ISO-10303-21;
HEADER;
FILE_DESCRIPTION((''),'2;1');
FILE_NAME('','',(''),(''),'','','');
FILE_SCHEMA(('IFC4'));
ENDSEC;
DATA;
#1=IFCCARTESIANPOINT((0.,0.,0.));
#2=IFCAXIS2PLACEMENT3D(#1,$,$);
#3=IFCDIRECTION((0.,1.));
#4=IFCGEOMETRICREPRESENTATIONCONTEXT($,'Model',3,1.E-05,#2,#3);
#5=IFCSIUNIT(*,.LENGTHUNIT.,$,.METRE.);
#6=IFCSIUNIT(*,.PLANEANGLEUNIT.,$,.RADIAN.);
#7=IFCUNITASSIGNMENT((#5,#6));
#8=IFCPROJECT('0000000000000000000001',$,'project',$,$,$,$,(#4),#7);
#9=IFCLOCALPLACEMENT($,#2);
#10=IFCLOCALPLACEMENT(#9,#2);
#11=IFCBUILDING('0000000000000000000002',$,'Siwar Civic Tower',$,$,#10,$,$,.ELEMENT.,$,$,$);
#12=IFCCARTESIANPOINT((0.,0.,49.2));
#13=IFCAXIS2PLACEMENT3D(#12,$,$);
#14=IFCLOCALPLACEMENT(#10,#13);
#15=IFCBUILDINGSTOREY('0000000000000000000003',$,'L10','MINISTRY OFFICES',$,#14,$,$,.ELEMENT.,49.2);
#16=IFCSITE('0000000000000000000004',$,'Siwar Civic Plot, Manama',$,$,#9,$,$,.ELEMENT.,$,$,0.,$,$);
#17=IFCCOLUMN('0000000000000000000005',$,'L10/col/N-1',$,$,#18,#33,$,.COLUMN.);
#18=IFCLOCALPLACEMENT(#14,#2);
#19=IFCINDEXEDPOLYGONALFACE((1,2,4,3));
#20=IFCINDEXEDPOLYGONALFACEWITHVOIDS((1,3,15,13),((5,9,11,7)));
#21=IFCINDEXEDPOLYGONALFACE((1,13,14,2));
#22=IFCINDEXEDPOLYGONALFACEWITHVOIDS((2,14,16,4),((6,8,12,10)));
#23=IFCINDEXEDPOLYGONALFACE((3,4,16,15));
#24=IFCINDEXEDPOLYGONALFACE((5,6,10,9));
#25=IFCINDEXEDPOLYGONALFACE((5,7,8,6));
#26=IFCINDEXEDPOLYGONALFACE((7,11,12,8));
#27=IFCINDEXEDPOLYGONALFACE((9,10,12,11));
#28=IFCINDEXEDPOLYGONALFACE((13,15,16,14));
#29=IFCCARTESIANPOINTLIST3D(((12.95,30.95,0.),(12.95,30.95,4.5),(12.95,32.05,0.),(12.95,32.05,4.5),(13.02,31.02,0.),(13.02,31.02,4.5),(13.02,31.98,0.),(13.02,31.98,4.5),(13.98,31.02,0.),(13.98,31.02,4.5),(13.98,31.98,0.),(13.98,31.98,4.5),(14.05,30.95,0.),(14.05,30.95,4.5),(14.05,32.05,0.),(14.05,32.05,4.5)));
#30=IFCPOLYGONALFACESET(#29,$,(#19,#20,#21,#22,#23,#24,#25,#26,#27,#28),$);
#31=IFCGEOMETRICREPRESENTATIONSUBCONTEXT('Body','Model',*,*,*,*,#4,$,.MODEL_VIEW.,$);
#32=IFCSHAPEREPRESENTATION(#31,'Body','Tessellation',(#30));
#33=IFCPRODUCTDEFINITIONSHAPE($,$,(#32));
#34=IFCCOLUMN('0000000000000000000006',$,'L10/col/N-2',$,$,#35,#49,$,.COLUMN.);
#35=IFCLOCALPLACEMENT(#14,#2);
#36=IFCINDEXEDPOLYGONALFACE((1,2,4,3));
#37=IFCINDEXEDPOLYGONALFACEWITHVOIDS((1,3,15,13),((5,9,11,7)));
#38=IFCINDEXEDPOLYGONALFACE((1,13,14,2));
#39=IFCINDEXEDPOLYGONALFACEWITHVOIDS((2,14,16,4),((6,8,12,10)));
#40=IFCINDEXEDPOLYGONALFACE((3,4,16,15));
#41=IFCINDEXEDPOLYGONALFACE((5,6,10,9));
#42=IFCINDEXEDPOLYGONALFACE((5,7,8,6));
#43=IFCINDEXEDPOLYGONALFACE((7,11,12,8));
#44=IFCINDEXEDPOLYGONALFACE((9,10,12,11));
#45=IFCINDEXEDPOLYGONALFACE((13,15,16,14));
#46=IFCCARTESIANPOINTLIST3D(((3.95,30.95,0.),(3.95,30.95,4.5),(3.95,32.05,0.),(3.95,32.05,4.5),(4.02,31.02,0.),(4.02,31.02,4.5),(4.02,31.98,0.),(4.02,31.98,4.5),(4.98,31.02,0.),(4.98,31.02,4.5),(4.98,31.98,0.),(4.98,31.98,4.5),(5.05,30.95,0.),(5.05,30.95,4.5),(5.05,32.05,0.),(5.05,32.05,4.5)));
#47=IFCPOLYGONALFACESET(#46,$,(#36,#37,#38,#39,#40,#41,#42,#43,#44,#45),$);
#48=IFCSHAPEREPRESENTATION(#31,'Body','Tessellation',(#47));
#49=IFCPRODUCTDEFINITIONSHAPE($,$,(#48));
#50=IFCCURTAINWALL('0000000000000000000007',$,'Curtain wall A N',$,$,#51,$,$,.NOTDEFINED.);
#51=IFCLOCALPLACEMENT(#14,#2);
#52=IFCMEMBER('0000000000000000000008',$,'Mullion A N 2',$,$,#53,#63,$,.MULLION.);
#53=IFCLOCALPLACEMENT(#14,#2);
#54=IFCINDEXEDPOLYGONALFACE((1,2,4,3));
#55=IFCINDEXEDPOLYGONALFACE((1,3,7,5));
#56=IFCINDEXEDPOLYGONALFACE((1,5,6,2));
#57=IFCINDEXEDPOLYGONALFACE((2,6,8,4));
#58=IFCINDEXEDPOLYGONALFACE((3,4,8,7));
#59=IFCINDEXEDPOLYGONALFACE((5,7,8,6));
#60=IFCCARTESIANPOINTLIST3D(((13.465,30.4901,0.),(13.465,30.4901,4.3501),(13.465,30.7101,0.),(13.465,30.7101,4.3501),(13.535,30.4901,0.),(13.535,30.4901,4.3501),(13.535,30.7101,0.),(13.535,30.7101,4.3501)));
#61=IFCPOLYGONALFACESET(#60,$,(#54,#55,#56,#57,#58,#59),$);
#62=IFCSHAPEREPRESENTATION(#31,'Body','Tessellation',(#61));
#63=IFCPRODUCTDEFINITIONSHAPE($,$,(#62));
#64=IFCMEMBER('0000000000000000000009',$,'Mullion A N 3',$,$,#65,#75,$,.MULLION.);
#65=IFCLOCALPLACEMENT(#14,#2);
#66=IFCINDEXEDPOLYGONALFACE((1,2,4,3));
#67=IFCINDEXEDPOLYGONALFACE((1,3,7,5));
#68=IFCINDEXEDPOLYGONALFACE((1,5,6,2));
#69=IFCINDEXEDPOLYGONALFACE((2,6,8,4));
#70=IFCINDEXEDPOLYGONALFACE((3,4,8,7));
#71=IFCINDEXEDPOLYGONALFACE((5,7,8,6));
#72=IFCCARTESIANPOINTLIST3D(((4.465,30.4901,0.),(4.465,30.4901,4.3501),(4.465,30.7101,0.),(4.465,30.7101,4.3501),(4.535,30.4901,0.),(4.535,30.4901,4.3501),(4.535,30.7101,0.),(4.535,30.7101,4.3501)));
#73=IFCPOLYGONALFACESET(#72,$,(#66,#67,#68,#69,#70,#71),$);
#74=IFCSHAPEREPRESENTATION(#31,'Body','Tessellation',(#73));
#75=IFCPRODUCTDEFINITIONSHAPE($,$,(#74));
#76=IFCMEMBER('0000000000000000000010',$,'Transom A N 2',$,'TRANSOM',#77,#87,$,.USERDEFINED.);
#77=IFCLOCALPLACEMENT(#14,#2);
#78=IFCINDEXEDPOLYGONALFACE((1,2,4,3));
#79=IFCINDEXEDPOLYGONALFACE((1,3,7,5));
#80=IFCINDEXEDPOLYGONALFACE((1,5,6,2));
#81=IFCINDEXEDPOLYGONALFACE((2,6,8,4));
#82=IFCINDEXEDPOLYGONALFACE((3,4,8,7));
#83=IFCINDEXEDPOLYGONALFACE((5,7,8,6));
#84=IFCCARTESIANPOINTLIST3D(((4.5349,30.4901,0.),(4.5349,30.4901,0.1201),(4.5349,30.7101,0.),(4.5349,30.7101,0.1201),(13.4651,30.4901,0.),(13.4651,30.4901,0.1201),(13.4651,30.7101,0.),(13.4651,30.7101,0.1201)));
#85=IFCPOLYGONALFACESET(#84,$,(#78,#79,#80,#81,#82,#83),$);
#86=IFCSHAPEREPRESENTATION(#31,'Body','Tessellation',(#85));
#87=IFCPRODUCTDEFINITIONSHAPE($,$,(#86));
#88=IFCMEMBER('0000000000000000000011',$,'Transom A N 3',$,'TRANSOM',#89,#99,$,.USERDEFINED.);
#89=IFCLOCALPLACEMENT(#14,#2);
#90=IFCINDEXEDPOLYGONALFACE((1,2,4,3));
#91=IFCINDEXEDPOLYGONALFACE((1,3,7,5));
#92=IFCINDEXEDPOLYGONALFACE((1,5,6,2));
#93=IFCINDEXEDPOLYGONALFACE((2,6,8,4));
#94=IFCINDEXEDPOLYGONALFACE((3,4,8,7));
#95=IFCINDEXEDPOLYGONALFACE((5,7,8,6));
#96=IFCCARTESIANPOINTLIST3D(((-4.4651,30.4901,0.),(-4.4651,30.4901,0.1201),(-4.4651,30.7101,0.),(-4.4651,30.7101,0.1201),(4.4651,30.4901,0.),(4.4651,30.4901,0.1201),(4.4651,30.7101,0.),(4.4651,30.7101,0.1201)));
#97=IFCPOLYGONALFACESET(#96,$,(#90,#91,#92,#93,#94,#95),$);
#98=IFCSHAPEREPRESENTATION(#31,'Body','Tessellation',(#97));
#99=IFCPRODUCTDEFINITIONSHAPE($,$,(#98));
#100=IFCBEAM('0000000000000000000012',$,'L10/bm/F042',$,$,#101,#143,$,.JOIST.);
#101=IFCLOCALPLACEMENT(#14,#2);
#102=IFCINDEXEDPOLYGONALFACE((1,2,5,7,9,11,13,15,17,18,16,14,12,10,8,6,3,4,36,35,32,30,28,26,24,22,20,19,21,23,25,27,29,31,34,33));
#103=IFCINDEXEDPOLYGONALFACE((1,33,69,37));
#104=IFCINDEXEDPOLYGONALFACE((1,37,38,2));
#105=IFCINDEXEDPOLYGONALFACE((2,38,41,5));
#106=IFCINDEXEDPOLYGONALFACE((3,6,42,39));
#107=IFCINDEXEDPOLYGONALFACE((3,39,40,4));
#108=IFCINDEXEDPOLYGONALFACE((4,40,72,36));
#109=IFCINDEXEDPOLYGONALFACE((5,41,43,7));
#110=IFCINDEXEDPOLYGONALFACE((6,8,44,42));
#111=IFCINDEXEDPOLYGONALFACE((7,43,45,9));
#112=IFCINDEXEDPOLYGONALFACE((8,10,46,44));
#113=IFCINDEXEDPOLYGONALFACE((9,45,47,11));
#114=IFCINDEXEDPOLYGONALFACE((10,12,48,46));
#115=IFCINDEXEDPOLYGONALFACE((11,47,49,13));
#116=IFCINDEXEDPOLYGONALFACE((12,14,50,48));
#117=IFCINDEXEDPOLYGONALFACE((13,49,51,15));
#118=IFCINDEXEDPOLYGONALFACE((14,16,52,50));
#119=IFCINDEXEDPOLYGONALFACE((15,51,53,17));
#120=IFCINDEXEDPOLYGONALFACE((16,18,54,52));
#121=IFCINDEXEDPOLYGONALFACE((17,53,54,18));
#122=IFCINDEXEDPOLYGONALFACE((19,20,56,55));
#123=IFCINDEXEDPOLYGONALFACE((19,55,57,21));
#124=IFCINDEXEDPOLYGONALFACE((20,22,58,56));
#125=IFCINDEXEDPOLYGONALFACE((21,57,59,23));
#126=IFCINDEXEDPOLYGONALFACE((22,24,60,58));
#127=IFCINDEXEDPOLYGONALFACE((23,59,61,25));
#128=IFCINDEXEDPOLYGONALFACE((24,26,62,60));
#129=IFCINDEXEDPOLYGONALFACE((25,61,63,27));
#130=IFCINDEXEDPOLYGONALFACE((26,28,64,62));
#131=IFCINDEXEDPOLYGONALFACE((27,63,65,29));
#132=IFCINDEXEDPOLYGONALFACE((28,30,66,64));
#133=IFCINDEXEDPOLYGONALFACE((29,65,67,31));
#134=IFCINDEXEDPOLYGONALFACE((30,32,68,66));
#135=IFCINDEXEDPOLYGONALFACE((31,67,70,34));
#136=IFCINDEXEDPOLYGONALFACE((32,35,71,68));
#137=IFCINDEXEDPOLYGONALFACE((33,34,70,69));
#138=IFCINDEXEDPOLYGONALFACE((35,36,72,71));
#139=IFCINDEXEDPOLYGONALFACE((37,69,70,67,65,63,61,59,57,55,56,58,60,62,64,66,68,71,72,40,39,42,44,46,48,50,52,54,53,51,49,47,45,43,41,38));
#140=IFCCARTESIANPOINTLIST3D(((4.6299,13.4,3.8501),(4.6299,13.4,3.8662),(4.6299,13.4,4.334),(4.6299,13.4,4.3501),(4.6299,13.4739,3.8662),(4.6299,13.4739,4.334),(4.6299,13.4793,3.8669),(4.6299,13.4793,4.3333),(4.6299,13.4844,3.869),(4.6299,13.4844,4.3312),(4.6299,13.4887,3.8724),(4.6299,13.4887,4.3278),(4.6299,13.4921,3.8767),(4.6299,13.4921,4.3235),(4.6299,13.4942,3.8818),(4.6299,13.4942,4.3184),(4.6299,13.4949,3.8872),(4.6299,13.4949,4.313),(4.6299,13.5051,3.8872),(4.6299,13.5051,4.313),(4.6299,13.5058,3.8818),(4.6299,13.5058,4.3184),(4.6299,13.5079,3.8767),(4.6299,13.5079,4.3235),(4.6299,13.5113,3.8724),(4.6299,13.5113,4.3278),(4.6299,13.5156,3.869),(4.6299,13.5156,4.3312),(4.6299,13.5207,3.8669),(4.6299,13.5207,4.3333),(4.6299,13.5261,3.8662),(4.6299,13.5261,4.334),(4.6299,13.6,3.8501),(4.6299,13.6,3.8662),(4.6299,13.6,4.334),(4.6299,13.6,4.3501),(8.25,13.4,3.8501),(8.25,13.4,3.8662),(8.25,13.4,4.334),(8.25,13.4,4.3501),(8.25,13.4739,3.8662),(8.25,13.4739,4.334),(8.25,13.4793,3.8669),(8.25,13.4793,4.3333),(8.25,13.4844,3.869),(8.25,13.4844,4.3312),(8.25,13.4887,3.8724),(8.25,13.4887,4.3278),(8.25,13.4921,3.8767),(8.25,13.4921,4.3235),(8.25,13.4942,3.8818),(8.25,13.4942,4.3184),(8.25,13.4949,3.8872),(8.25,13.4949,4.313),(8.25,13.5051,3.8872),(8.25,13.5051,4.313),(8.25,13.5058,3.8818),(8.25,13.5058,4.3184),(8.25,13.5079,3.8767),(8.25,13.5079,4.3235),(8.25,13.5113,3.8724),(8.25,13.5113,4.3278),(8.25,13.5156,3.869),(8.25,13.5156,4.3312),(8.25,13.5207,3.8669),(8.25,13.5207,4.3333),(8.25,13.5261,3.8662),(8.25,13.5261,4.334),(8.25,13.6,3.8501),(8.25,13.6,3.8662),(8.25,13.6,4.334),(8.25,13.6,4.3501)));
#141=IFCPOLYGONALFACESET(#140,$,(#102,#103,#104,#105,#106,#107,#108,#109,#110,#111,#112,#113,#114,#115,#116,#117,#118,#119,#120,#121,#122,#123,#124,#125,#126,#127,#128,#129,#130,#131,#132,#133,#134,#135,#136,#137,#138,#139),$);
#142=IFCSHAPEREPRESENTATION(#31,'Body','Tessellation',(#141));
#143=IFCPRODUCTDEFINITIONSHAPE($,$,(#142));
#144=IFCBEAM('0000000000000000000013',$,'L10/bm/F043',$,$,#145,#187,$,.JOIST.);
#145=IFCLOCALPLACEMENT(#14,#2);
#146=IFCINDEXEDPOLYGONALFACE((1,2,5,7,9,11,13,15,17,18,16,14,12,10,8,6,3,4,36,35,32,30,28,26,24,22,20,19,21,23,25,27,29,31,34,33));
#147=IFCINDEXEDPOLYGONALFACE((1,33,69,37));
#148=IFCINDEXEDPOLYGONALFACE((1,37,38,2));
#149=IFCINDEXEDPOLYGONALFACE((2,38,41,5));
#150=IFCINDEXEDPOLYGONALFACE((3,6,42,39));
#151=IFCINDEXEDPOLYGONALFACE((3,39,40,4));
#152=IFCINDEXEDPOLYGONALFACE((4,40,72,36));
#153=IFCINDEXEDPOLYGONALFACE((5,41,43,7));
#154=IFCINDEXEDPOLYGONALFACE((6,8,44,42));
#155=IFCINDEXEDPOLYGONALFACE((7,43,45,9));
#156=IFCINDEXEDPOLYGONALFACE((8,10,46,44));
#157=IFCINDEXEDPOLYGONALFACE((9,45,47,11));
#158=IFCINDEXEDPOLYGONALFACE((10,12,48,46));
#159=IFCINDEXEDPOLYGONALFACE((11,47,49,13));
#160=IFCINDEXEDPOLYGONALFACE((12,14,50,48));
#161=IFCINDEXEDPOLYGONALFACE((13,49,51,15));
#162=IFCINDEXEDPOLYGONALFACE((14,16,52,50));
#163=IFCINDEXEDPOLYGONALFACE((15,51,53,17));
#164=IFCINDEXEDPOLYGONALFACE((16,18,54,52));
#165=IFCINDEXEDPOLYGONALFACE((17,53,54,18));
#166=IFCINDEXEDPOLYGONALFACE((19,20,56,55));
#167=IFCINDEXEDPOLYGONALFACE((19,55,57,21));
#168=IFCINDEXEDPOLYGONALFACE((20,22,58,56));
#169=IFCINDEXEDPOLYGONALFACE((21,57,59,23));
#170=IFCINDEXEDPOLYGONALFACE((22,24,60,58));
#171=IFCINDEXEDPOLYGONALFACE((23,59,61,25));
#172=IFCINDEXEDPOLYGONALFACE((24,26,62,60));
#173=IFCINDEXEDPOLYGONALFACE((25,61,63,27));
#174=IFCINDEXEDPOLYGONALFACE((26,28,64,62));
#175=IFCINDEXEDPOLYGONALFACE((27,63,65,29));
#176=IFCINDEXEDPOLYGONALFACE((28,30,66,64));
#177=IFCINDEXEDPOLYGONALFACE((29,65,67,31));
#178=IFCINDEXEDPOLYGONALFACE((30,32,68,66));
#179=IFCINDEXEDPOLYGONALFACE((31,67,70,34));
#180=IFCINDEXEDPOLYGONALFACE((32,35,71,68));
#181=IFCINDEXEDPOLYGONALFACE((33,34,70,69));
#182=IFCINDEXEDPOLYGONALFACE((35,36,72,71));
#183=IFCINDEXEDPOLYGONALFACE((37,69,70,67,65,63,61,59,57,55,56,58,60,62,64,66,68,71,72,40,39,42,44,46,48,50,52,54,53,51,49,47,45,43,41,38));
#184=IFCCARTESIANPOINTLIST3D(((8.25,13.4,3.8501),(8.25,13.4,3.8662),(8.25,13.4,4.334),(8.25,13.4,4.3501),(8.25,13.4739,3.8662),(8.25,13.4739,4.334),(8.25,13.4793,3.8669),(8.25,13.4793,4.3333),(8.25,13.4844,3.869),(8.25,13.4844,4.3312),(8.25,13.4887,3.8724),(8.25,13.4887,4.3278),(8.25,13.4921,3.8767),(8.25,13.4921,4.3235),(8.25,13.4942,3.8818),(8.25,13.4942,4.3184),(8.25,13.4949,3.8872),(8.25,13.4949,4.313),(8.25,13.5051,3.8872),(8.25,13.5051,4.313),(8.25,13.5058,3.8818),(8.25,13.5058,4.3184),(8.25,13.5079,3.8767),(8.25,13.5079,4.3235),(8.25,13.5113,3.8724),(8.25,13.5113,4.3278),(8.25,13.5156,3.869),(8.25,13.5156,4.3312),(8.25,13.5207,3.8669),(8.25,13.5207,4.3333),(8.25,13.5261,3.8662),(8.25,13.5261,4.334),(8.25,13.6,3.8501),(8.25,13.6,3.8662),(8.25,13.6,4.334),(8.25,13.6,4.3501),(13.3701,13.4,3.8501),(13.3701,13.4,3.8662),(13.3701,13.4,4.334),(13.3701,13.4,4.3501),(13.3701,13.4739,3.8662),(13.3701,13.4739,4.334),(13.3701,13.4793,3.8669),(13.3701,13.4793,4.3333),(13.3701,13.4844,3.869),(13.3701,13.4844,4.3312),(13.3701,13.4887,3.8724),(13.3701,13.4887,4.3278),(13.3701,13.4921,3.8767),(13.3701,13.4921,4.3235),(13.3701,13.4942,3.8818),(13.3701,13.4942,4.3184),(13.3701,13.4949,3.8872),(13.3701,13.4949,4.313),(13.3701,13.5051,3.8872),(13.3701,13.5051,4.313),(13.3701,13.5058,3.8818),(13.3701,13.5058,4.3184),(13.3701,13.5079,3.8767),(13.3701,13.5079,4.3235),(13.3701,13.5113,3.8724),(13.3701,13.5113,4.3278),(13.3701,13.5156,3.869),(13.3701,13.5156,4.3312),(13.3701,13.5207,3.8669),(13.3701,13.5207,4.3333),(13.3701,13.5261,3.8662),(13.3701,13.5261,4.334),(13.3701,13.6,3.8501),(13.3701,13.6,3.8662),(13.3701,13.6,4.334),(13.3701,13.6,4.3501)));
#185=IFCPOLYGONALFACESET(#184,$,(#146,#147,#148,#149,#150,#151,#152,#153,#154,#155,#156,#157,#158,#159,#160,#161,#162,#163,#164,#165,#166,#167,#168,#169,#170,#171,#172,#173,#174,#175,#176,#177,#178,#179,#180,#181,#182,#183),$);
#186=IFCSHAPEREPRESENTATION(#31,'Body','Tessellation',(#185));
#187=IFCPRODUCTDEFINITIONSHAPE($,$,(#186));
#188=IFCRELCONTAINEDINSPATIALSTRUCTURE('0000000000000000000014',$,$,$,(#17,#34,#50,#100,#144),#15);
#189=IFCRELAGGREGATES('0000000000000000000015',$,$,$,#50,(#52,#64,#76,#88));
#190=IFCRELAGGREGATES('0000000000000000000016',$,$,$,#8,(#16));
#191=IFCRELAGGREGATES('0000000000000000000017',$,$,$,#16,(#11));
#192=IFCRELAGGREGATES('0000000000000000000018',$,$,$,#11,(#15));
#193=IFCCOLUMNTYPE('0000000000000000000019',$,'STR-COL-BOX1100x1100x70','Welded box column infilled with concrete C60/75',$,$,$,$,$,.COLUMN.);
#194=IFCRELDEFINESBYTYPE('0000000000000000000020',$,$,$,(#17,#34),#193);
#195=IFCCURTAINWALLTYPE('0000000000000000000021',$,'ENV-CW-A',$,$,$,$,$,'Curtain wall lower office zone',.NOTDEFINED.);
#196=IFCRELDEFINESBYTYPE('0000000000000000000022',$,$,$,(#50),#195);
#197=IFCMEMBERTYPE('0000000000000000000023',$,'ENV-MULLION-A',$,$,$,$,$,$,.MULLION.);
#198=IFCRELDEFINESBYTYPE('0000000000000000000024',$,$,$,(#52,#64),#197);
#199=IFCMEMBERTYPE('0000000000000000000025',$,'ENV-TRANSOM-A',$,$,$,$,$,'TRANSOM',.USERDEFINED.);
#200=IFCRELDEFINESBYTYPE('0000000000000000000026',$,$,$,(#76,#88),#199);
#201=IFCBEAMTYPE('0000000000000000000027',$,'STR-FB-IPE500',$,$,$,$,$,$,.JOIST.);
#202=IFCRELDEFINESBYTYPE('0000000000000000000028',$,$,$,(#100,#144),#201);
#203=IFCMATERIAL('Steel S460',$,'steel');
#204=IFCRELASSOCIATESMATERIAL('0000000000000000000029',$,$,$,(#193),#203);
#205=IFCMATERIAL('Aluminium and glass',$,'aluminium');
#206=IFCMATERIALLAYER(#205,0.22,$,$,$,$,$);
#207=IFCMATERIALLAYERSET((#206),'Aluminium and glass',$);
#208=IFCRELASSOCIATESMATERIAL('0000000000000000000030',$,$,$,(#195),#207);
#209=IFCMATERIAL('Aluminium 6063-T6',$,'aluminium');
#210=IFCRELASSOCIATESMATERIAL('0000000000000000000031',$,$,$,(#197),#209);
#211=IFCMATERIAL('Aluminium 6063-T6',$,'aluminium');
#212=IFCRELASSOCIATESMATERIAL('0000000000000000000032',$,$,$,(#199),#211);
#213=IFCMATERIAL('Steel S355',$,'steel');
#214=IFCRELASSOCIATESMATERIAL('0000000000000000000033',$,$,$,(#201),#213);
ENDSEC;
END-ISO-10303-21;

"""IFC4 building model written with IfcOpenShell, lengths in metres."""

from ifc_helpers import new_model, si_unit, direction, frame, origin, origin_2d, place, context, subcontext, project, spatial, rectangle, hollow_rectangle, i_section, extrude, material, layer, layer_set, material_profile, profile_set, type_object, element, aggregate, save


model = new_model("IFC4")

# Units and contexts
model_context = context("Model", 3, precision=1e-05, world=origin(), true_north=direction((0.0, 1.0)))
body_context = subcontext(model_context, "Body", "Model", "MODEL_VIEW")
ifc_project = project(units=[si_unit("LENGTHUNIT", "METRE"), si_unit("PLANEANGLEUNIT", "RADIAN")], contexts=[model_context])

# Site, building, storey
site_placement = place(None, origin())
site = spatial("IfcSite", under=ifc_project, at=site_placement, Name="Siwar Civic Plot, Manama", CompositionType="ELEMENT", RefElevation=0.0)
building_placement = place(site_placement, origin())
building = spatial("IfcBuilding", under=site, at=building_placement, Name="Siwar Civic Tower", CompositionType="ELEMENT")
storey_placement = place(building_placement, frame((0.0, 0.0, 49.2)))
storey = spatial("IfcBuildingStorey", under=building, at=storey_placement, Name="L10", Description="MINISTRY OFFICES", CompositionType="ELEMENT", Elevation=49.2)

# Columns
ifc_material_1 = material(Name="Steel S460", Category="steel")
ifc_material_profile_1 = material_profile(ifc_material_1, hollow_rectangle(XDim=1.1001, YDim=1.1001, WallThickness=0.0701, at=origin_2d()), Name="BOX1100x1100x70")
ifc_profile_set_1 = profile_set([ifc_material_profile_1], Name="Steel S460")
column_type = type_object("IfcColumnType", Name="STR-COL-BOX1100x1100x70", Description="Welded box column infilled with concrete C60/75", PredefinedType="COLUMN", material=ifc_profile_set_1)
for number, where, z_axis, x_axis, name in (
    (1, (13.5, 31.5, 0.0), (0.0, 0.0, 1.0), (1.0, 0.0, 0.0), "L10/col/N-1"),
    (2, (4.5, 31.5, 0.0), (0.0, 0.0, 1.0), (1.0, 0.0, 0.0), "L10/col/N-2"),
):
    element("IfcColumn", number, at=place(storey_placement, frame(where, z_axis=z_axis, x_axis=x_axis)), inside=storey, type_object=column_type, Name=name, PredefinedType="COLUMN", context=body_context, shape_type="SweptSolid", body=[
        extrude(hollow_rectangle(XDim=1.1001, YDim=1.1001, WallThickness=0.0701, at=origin_2d()), origin(), (0.0, 0.0, 1.0), 4.5),
    ])

# Curtain wall, members
ifc_material_2 = material(Name="Aluminium and glass", Category="aluminium")
ifc_layer_1 = layer(ifc_material_2, 0.22)
ifc_layer_set_1 = layer_set([ifc_layer_1], Name="Aluminium and glass")
curtain_wall_type = type_object("IfcCurtainWallType", Name="ENV-CW-A", ElementType="Curtain wall lower office zone", PredefinedType="NOTDEFINED", material=ifc_layer_set_1)
curtain_wall_placement = place(storey_placement, origin())
curtain_wall = element("IfcCurtainWall", 3, at=curtain_wall_placement, inside=storey, type_object=curtain_wall_type, Name="Curtain wall A N", PredefinedType="NOTDEFINED")
ifc_material_3 = material(Name="Aluminium 6063-T6", Category="aluminium")
ifc_material_profile_2 = material_profile(ifc_material_3, rectangle(XDim=0.22, YDim=0.0701, at=origin_2d()), Name="AL 220x70")
ifc_profile_set_2 = profile_set([ifc_material_profile_2], Name="Aluminium 6063-T6")
member_type_1 = type_object("IfcMemberType", Name="ENV-MULLION-A", PredefinedType="MULLION", material=ifc_profile_set_2)
member_1_placement = place(storey_placement, frame((13.5, 30.6001, 0.0), z_axis=(0.0, 0.0, 1.0), x_axis=(0.0, -1.0, 0.0)))
member_1 = element("IfcMember", 4, at=member_1_placement, type_object=member_type_1, Name="Mullion A N 2", PredefinedType="MULLION", context=body_context, shape_type="SweptSolid", body=[
    extrude(rectangle(XDim=0.22, YDim=0.0701, at=origin_2d()), origin(), (0.0, 0.0, 1.0), 4.3501),
])
member_2_placement = place(storey_placement, frame((4.5, 30.6001, 0.0), z_axis=(0.0, 0.0, 1.0), x_axis=(0.0, -1.0, 0.0)))
member_2 = element("IfcMember", 5, at=member_2_placement, type_object=member_type_1, Name="Mullion A N 3", PredefinedType="MULLION", context=body_context, shape_type="SweptSolid", body=[
    extrude(rectangle(XDim=0.22, YDim=0.0701, at=origin_2d()), origin(), (0.0, 0.0, 1.0), 4.3501),
])
ifc_material_4 = material(Name="Aluminium 6063-T6", Category="aluminium")
ifc_material_profile_3 = material_profile(ifc_material_4, rectangle(XDim=0.22, YDim=0.1201, at=origin_2d()), Name="AL 220x120")
ifc_profile_set_3 = profile_set([ifc_material_profile_3], Name="Aluminium 6063-T6")
member_type_2 = type_object("IfcMemberType", Name="ENV-TRANSOM-A", ElementType="TRANSOM", PredefinedType="USERDEFINED", material=ifc_profile_set_3)
member_3_placement = place(storey_placement, frame((13.4651, 30.6001, 0.0601), z_axis=(-1.0, 0.0, 0.0), x_axis=(0.0, -1.0, 0.0)))
member_3 = element("IfcMember", 6, at=member_3_placement, type_object=member_type_2, Name="Transom A N 2", ObjectType="TRANSOM", PredefinedType="USERDEFINED", context=body_context, shape_type="SweptSolid", body=[
    extrude(rectangle(XDim=0.22, YDim=0.1201, at=origin_2d()), origin(), (0.0, 0.0, 1.0), 8.9302),
])
member_4_placement = place(storey_placement, frame((4.4651, 30.6001, 0.0601), z_axis=(-1.0, 0.0, 0.0), x_axis=(0.0, -1.0, 0.0)))
member_4 = element("IfcMember", 7, at=member_4_placement, type_object=member_type_2, Name="Transom A N 3", ObjectType="TRANSOM", PredefinedType="USERDEFINED", context=body_context, shape_type="SweptSolid", body=[
    extrude(rectangle(XDim=0.22, YDim=0.1201, at=origin_2d()), origin(), (0.0, 0.0, 1.0), 8.9302),
])

# Beams
ifc_material_5 = material(Name="Steel S355", Category="steel")
ifc_material_profile_4 = material_profile(ifc_material_5, i_section(OverallWidth=0.2, OverallDepth=0.5, WebThickness=0.0103, FlangeThickness=0.0161, FilletRadius=0.021, at=origin_2d()), Name="IPE500")
ifc_profile_set_4 = profile_set([ifc_material_profile_4], Name="Steel S355")
beam_type_1 = type_object("IfcBeamType", Name="STR-FB-IPE500", PredefinedType="JOIST", material=ifc_profile_set_4)
beam_1_placement = place(storey_placement, frame((4.6299, 13.5, 4.1001), z_axis=(1.0, 0.0, 0.0), x_axis=(0.0, 1.0, 0.0)))
element("IfcBeam", 8, at=beam_1_placement, inside=storey, type_object=beam_type_1, Name="L10/bm/F042", PredefinedType="JOIST", context=body_context, shape_type="SweptSolid", body=[
    extrude(i_section(OverallWidth=0.2, OverallDepth=0.5, WebThickness=0.0103, FlangeThickness=0.0161, FilletRadius=0.021, at=origin_2d()), origin(), (0.0, 0.0, 1.0), 3.6201),
])
beam_2_placement = place(storey_placement, frame((8.25, 13.5, 4.1001), z_axis=(1.0, 0.0, 0.0), x_axis=(0.0, 1.0, 0.0)))
element("IfcBeam", 9, at=beam_2_placement, inside=storey, type_object=beam_type_1, Name="L10/bm/F043", PredefinedType="JOIST", context=body_context, shape_type="SweptSolid", body=[
    extrude(i_section(OverallWidth=0.2, OverallDepth=0.5, WebThickness=0.0103, FlangeThickness=0.0161, FilletRadius=0.021, at=origin_2d()), origin(), (0.0, 0.0, 1.0), 5.1201),
])

aggregate(curtain_wall, [member_1, member_2, member_3, member_4])

save(model, "model.ifc")
